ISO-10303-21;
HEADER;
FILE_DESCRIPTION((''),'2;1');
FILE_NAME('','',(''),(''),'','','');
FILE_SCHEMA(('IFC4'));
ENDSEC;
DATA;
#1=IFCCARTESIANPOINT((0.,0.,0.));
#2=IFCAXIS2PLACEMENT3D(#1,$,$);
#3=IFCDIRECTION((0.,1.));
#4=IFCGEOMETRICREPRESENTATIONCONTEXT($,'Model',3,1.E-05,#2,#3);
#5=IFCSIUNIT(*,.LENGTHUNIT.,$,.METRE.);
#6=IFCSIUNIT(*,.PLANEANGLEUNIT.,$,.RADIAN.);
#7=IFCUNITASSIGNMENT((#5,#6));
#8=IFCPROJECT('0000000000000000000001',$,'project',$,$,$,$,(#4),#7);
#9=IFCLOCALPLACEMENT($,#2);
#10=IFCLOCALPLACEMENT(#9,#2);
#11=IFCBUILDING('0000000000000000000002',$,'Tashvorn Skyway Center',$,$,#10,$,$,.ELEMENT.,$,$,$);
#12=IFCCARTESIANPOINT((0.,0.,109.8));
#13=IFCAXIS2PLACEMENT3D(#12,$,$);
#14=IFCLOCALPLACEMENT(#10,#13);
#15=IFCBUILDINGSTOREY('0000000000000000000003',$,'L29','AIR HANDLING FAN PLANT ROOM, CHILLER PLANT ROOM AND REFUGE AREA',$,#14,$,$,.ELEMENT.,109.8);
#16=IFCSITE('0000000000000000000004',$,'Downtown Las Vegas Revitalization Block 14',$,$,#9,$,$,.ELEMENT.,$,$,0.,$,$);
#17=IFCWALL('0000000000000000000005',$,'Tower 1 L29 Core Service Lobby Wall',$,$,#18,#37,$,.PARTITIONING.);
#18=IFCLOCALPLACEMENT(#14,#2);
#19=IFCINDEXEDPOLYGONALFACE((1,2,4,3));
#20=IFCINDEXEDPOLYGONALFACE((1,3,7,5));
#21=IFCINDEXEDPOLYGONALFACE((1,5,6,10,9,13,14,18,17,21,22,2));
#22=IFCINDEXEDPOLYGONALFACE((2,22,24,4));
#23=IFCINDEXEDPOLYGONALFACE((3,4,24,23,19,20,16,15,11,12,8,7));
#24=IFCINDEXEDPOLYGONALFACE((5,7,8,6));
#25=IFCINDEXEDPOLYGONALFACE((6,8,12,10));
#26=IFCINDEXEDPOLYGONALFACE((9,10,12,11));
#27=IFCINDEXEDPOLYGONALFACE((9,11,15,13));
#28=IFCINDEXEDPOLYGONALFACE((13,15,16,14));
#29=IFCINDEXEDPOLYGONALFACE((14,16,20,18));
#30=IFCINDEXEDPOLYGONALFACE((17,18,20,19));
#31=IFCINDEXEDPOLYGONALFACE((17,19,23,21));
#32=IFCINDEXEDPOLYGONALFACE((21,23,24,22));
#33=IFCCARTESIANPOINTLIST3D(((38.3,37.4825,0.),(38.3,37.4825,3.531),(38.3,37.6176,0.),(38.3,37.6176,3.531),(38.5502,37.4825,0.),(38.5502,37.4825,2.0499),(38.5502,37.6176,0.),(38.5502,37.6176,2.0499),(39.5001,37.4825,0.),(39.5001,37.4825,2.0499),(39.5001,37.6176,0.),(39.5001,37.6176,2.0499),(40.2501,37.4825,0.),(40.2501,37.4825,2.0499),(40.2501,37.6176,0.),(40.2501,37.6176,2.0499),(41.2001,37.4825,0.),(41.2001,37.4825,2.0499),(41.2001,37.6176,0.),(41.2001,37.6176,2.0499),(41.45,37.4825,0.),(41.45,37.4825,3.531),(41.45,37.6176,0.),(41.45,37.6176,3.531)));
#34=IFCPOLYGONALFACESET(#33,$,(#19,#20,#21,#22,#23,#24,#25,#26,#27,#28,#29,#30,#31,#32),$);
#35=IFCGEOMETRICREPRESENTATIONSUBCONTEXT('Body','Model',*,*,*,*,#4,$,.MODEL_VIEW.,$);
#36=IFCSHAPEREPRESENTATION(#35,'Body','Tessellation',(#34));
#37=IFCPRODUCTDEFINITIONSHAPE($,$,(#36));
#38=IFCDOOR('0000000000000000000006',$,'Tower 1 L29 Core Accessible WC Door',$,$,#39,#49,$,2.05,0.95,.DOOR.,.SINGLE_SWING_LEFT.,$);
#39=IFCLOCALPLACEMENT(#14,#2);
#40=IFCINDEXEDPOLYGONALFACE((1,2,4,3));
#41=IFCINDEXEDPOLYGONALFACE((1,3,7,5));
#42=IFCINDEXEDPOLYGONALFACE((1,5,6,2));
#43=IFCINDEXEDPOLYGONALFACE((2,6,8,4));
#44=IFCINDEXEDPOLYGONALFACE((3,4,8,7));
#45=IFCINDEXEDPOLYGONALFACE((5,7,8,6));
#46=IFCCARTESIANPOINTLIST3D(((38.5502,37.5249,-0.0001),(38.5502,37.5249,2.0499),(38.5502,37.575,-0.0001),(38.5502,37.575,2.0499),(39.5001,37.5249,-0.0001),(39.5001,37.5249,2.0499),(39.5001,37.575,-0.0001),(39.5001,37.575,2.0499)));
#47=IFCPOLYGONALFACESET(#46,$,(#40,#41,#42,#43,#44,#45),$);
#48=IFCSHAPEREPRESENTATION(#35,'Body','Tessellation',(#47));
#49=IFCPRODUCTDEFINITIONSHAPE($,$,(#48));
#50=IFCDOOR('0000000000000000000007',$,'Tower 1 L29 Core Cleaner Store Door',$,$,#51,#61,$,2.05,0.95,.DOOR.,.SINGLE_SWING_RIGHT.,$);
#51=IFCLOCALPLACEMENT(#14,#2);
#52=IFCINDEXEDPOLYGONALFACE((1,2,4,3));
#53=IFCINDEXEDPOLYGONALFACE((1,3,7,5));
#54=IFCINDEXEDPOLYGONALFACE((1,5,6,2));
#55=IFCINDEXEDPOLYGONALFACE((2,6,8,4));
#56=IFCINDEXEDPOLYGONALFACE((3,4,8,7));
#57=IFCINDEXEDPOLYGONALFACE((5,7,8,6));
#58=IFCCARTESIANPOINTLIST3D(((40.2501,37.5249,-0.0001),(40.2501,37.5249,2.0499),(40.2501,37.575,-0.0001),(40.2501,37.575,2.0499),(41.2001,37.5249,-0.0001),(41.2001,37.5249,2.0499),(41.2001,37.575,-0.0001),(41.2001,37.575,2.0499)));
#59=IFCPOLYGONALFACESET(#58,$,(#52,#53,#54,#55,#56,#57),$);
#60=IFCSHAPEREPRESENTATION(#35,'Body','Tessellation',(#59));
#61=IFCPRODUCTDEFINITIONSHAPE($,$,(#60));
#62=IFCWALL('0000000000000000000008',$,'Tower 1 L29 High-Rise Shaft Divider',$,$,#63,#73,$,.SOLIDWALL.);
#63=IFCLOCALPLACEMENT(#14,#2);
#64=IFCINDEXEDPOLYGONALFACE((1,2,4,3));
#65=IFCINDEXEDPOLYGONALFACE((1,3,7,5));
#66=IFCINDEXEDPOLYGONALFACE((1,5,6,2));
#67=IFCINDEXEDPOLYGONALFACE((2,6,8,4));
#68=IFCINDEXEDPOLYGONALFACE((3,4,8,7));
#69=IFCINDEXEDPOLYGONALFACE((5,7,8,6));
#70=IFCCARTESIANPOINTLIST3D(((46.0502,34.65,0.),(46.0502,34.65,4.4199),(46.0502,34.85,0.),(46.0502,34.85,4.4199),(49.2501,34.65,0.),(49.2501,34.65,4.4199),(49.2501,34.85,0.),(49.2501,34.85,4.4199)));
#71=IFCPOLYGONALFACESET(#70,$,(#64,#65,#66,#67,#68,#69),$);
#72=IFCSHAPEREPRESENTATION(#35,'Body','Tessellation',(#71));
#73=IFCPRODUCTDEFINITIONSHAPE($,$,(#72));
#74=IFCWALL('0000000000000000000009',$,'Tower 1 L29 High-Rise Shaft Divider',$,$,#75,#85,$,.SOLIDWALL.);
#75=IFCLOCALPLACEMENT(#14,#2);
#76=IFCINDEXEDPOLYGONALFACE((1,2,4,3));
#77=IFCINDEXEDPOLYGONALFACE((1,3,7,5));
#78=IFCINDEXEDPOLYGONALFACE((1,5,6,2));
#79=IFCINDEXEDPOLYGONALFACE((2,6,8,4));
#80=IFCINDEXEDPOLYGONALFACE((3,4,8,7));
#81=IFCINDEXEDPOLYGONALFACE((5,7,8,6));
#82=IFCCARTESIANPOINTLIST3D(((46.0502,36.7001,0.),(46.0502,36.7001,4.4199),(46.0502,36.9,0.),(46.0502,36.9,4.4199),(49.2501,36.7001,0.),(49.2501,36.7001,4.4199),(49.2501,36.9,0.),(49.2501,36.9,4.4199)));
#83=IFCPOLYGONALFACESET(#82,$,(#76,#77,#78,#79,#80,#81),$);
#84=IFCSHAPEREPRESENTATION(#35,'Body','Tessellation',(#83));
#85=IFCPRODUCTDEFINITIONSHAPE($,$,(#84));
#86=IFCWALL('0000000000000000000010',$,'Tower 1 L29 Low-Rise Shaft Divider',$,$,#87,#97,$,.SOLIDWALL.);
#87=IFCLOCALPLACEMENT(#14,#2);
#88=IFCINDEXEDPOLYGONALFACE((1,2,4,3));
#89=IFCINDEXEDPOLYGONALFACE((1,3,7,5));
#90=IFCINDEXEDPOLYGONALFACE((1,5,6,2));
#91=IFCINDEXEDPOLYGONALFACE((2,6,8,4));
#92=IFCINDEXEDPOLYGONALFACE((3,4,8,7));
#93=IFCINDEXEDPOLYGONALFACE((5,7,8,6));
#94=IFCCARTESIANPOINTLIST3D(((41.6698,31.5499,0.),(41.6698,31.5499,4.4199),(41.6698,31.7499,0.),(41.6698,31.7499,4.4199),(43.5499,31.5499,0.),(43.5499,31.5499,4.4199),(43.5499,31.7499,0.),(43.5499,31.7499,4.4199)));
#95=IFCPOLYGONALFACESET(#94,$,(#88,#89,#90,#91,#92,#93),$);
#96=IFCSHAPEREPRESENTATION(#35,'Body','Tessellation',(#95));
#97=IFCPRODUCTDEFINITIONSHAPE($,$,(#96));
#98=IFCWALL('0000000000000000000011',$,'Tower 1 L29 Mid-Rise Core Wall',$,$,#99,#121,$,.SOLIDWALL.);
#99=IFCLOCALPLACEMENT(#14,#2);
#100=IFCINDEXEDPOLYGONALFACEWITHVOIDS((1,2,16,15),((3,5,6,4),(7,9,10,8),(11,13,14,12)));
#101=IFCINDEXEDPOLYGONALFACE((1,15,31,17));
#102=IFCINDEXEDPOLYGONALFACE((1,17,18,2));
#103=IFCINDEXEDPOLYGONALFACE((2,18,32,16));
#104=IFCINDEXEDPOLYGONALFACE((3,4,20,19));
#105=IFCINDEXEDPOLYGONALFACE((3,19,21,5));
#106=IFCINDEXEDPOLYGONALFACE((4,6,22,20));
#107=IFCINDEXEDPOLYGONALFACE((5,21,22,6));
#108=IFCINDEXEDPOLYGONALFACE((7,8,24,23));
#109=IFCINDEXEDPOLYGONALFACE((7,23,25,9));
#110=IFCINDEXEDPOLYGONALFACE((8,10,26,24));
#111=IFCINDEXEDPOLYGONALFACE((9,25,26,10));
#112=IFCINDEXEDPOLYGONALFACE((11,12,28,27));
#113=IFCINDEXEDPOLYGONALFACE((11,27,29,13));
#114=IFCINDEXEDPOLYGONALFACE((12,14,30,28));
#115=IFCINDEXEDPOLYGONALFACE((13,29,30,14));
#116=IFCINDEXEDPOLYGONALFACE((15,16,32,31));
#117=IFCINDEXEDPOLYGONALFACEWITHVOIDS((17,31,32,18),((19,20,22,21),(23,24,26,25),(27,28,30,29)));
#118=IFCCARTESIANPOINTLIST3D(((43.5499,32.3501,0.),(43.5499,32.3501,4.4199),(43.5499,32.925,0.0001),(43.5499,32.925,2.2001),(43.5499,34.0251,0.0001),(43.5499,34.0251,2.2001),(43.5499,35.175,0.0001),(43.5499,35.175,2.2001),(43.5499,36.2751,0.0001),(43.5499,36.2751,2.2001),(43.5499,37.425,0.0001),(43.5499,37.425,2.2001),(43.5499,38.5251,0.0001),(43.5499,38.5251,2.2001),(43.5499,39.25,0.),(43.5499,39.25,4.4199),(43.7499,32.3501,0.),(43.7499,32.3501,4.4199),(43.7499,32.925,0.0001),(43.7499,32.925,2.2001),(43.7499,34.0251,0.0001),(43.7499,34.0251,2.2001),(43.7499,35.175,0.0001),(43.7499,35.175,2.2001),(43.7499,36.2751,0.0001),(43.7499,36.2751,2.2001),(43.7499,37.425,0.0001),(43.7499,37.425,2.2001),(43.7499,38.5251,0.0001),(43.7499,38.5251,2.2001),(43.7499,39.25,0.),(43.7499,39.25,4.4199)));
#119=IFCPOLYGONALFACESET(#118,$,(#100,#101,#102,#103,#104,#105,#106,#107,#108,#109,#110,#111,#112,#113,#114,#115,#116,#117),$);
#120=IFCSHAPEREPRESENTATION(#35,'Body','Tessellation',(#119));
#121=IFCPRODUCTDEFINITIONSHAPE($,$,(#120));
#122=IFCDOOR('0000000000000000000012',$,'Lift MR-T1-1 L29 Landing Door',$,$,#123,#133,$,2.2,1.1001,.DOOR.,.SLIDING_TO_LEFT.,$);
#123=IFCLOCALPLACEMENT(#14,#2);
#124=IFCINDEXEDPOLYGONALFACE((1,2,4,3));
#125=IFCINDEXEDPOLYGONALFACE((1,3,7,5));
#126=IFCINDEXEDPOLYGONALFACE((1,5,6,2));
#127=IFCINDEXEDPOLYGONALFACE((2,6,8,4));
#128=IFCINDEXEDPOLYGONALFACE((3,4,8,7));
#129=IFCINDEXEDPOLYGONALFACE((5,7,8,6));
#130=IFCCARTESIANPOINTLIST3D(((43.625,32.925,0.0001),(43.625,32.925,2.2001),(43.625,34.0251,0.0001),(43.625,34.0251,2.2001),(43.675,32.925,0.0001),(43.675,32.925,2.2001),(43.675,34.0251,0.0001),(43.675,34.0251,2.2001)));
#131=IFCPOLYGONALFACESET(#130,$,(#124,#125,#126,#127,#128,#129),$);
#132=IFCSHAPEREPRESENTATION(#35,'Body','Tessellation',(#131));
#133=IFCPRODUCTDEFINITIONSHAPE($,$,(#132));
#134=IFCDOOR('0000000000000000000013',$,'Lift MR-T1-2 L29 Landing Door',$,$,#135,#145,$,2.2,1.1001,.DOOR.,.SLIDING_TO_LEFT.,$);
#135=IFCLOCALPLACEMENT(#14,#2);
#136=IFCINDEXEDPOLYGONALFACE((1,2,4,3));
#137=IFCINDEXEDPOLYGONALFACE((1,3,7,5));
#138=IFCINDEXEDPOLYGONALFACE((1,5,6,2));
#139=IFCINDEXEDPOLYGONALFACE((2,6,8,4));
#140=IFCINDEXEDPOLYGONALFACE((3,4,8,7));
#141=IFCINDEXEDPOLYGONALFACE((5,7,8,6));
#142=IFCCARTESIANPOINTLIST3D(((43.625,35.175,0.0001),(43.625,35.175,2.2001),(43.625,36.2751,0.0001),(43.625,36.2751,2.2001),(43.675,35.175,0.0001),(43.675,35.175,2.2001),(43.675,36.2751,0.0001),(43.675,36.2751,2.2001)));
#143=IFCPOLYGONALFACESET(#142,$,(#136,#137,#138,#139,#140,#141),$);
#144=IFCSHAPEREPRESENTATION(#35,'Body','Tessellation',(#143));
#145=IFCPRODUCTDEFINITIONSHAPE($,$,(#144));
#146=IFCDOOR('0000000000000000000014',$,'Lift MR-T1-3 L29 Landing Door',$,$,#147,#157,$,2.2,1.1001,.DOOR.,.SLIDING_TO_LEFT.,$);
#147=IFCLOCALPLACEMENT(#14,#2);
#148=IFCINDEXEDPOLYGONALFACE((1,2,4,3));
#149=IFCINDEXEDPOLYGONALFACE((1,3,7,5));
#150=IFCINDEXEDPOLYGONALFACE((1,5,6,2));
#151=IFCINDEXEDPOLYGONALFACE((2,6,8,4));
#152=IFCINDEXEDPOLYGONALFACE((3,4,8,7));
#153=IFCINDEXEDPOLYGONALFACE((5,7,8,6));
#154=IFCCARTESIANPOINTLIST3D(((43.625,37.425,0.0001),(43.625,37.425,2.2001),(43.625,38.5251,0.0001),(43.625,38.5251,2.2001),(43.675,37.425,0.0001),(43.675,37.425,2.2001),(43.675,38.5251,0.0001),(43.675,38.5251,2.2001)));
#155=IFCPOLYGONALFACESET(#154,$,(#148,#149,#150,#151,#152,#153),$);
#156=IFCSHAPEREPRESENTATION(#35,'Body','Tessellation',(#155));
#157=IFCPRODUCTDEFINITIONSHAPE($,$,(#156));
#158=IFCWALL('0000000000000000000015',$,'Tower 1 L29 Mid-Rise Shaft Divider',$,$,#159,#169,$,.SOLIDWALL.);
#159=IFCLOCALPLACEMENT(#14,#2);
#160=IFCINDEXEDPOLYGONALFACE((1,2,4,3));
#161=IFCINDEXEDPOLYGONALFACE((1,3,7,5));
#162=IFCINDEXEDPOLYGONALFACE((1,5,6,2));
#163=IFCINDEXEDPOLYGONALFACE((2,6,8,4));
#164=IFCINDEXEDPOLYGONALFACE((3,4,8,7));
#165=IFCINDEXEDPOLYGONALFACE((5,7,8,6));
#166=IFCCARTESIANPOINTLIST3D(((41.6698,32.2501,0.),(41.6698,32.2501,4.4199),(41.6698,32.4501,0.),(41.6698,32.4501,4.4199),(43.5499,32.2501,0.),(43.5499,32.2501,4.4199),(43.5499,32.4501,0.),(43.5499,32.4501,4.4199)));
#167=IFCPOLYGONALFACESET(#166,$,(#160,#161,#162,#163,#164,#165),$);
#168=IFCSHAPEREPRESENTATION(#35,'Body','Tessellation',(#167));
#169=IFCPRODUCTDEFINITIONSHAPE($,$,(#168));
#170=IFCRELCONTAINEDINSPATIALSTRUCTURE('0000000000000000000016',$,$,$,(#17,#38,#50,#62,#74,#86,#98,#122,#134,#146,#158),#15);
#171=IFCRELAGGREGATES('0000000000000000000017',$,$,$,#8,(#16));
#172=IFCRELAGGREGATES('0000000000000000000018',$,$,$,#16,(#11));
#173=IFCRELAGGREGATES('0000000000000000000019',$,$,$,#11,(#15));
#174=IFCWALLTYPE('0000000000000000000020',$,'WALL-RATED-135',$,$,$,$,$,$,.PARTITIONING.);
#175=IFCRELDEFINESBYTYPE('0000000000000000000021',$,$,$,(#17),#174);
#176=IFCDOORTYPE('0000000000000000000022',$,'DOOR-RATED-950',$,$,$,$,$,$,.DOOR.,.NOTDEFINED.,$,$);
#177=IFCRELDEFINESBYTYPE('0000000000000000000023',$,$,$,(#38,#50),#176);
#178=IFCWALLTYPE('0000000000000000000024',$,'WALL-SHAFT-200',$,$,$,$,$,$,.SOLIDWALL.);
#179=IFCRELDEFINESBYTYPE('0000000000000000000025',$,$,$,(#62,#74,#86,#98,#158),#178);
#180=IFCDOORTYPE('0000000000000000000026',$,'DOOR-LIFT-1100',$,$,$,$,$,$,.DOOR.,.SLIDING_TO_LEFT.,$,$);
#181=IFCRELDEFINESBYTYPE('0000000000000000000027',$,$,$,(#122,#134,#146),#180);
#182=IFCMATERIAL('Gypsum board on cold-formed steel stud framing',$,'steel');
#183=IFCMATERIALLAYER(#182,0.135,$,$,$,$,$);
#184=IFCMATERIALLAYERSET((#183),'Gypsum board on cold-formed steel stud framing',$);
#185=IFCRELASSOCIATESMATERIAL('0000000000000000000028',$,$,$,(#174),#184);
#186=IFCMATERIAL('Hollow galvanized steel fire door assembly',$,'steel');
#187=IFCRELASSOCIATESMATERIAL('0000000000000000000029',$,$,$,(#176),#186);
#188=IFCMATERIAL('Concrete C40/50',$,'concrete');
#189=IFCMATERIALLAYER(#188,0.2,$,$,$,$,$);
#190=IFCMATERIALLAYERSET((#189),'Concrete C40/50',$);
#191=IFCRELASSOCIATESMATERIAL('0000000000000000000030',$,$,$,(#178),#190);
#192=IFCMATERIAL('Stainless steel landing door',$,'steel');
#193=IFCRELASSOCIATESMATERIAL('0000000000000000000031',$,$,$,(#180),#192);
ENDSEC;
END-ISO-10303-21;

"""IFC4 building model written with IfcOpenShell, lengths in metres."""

from ifc_helpers import new_model, si_unit, direction, frame, frame_2d, origin, place, context, subcontext, project, spatial, rectangle, extrude, material, layer, layer_set, type_object, element, fill, save


model = new_model("IFC4")

# Units and contexts
model_context = context("Model", 3, precision=1e-05, world=origin(), true_north=direction((0.0, 1.0)))
body_context = subcontext(model_context, "Body", "Model", "MODEL_VIEW")
ifc_project = project(units=[si_unit("LENGTHUNIT", "METRE"), si_unit("PLANEANGLEUNIT", "RADIAN")], contexts=[model_context])

# Site, building, storey
site_placement = place(None, origin())
site = spatial("IfcSite", under=ifc_project, at=site_placement, Name="Downtown Las Vegas Revitalization Block 14", CompositionType="ELEMENT", RefElevation=0.0)
building_placement = place(site_placement, origin())
building = spatial("IfcBuilding", under=site, at=building_placement, Name="Tashvorn Skyway Center", CompositionType="ELEMENT")
storey_placement = place(building_placement, frame((0.0, 0.0, 109.8)))
storey = spatial("IfcBuildingStorey", under=building, at=storey_placement, Name="L29", Description="AIR HANDLING FAN PLANT ROOM, CHILLER PLANT ROOM AND REFUGE AREA", CompositionType="ELEMENT", Elevation=109.8)

# Shared definitions
ifc_material_1 = material(Name="Concrete C40/50", Category="concrete")
ifc_material_2 = material(Name="Gypsum board on cold-formed steel stud framing", Category="steel")

# Wall, openings, doors
ifc_layer_1 = layer(ifc_material_2, 0.135)
ifc_layer_set_1 = layer_set([ifc_layer_1], Name="Gypsum board on cold-formed steel stud framing")
wall_type_1 = type_object("IfcWallType", Name="WALL-RATED-135", PredefinedType="PARTITIONING", material=ifc_layer_set_1)
wall_1_placement = place(storey_placement, frame((38.3, 37.55, 0.0), z_axis=(0.0, 0.0, 1.0), x_axis=(1.0, 0.0, 0.0)))
wall_1 = element("IfcWall", 1, at=wall_1_placement, inside=storey, type_object=wall_type_1, Name="Tower 1 L29 Core Service Lobby Wall", PredefinedType="PARTITIONING", context=body_context, shape_type="SweptSolid", body=[
    extrude(rectangle(XDim=3.1499, YDim=0.135, at=frame_2d((1.575, 0.0))), origin(), (0.0, 0.0, 1.0), 3.531),
])
opening_1_placement = place(wall_1_placement, frame((0.25, 0.0, 0.0)))
opening_1 = element("IfcOpeningElement", 2, at=opening_1_placement, cuts=wall_1, PredefinedType="OPENING", context=body_context, shape_type="SweptSolid", body=[
    extrude(rectangle(XDim=0.95, YDim=2.05, at=frame_2d((0.4751, 1.0249))), frame((0.0, 0.0774, 0.0), z_axis=(0.0, -1.0, 0.0), x_axis=(1.0, 0.0, 0.0)), (0.0, 0.0, 1.0), 0.155),
])
opening_2_placement = place(wall_1_placement, frame((1.95, 0.0, 0.0)))
opening_2 = element("IfcOpeningElement", 3, at=opening_2_placement, cuts=wall_1, PredefinedType="OPENING", context=body_context, shape_type="SweptSolid", body=[
    extrude(rectangle(XDim=0.95, YDim=2.05, at=frame_2d((0.4751, 1.0249))), frame((0.0, 0.0774, 0.0), z_axis=(0.0, -1.0, 0.0), x_axis=(1.0, 0.0, 0.0)), (0.0, 0.0, 1.0), 0.155),
])
ifc_material_3 = material(Name="Hollow galvanized steel fire door assembly", Category="steel")
door_type_1 = type_object("IfcDoorType", Name="DOOR-RATED-950", OperationType="NOTDEFINED", PredefinedType="DOOR", material=ifc_material_3)
door_1_placement = place(opening_1_placement, origin())
door_1 = element("IfcDoor", 4, at=door_1_placement, inside=storey, type_object=door_type_1, Name="Tower 1 L29 Core Accessible WC Door", OperationType="SINGLE_SWING_LEFT", OverallHeight=2.05, OverallWidth=0.95, PredefinedType="DOOR", context=body_context, shape_type="SweptSolid", body=[
    extrude(rectangle(XDim=0.95, YDim=2.05, at=frame_2d((0.4751, 1.0249))), frame((0.0, 0.0249, 0.0), z_axis=(0.0, -1.0, 0.0), x_axis=(1.0, 0.0, 0.0)), (0.0, 0.0, 1.0), 0.05),
])
fill(opening_1, door_1)
door_2_placement = place(opening_2_placement, origin())
door_2 = element("IfcDoor", 5, at=door_2_placement, inside=storey, type_object=door_type_1, Name="Tower 1 L29 Core Cleaner Store Door", OperationType="SINGLE_SWING_RIGHT", OverallHeight=2.05, OverallWidth=0.95, PredefinedType="DOOR", context=body_context, shape_type="SweptSolid", body=[
    extrude(rectangle(XDim=0.95, YDim=2.05, at=frame_2d((0.4751, 1.0249))), frame((0.0, 0.0249, 0.0), z_axis=(0.0, -1.0, 0.0), x_axis=(1.0, 0.0, 0.0)), (0.0, 0.0, 1.0), 0.05),
])
fill(opening_2, door_2)

# Walls
ifc_layer_2 = layer(ifc_material_1, 0.2)
ifc_layer_set_2 = layer_set([ifc_layer_2], Name="Concrete C40/50")
wall_type_2 = type_object("IfcWallType", Name="WALL-SHAFT-200", PredefinedType="SOLIDWALL", material=ifc_layer_set_2)
for number, where, z_axis, x_axis, name in (
    (6, (46.05, 34.75, 0.0), (0.0, 0.0, 1.0), (1.0, 0.0, 0.0), "Tower 1 L29 High-Rise Shaft Divider"),
    (7, (46.05, 36.8, 0.0), (0.0, 0.0, 1.0), (1.0, 0.0, 0.0), "Tower 1 L29 High-Rise Shaft Divider"),
):
    element("IfcWall", number, at=place(storey_placement, frame(where, z_axis=z_axis, x_axis=x_axis)), inside=storey, type_object=wall_type_2, Name=name, PredefinedType="SOLIDWALL", context=body_context, shape_type="SweptSolid", body=[
        extrude(rectangle(XDim=3.2, YDim=0.2, at=frame_2d((1.6001, 0.0))), origin(), (0.0, 0.0, 1.0), 4.4199),
    ])
wall_2_placement = place(storey_placement, frame((41.6699, 31.6499, 0.0), z_axis=(0.0, 0.0, 1.0), x_axis=(1.0, 0.0, 0.0)))
element("IfcWall", 8, at=wall_2_placement, inside=storey, type_object=wall_type_2, Name="Tower 1 L29 Low-Rise Shaft Divider", PredefinedType="SOLIDWALL", context=body_context, shape_type="SweptSolid", body=[
    extrude(rectangle(XDim=1.8801, YDim=0.2, at=frame_2d((0.9399, 0.0))), origin(), (0.0, 0.0, 1.0), 4.4199),
])

# Wall, openings, doors
wall_3_placement = place(storey_placement, frame((43.6499, 32.3501, 0.0), z_axis=(0.0, 0.0, 1.0), x_axis=(0.0, 1.0, 0.0)))
wall_3 = element("IfcWall", 9, at=wall_3_placement, inside=storey, type_object=wall_type_2, Name="Tower 1 L29 Mid-Rise Core Wall", PredefinedType="SOLIDWALL", context=body_context, shape_type="SweptSolid", body=[
    extrude(rectangle(XDim=6.8999, YDim=0.2, at=frame_2d((3.45, 0.0))), origin(), (0.0, 0.0, 1.0), 4.4199),
])
opening_3_placement = place(wall_3_placement, frame((0.575, 0.0, 0.0)))
opening_3 = element("IfcOpeningElement", 10, at=opening_3_placement, cuts=wall_3, PredefinedType="OPENING", context=body_context, shape_type="SweptSolid", body=[
    extrude(rectangle(XDim=1.1001, YDim=2.2, at=frame_2d((0.55, 1.1001))), frame((0.0, 0.1099, 0.0), z_axis=(0.0, -1.0, 0.0), x_axis=(1.0, 0.0, 0.0)), (0.0, 0.0, 1.0), 0.22),
])
opening_4_placement = place(wall_3_placement, frame((2.825, 0.0, 0.0)))
opening_4 = element("IfcOpeningElement", 11, at=opening_4_placement, cuts=wall_3, PredefinedType="OPENING", context=body_context, shape_type="SweptSolid", body=[
    extrude(rectangle(XDim=1.1001, YDim=2.2, at=frame_2d((0.55, 1.1001))), frame((0.0, 0.1099, 0.0), z_axis=(0.0, -1.0, 0.0), x_axis=(1.0, 0.0, 0.0)), (0.0, 0.0, 1.0), 0.22),
])
opening_5_placement = place(wall_3_placement, frame((5.075, 0.0, 0.0)))
opening_5 = element("IfcOpeningElement", 12, at=opening_5_placement, cuts=wall_3, PredefinedType="OPENING", context=body_context, shape_type="SweptSolid", body=[
    extrude(rectangle(XDim=1.1001, YDim=2.2, at=frame_2d((0.55, 1.1001))), frame((0.0, 0.1099, 0.0), z_axis=(0.0, -1.0, 0.0), x_axis=(1.0, 0.0, 0.0)), (0.0, 0.0, 1.0), 0.22),
])
ifc_material_4 = material(Name="Stainless steel landing door", Category="steel")
door_type_2 = type_object("IfcDoorType", Name="DOOR-LIFT-1100", OperationType="SLIDING_TO_LEFT", PredefinedType="DOOR", material=ifc_material_4)
door_3_placement = place(opening_3_placement, origin())
door_3 = element("IfcDoor", 13, at=door_3_placement, inside=storey, type_object=door_type_2, Name="Lift MR-T1-1 L29 Landing Door", OperationType="SLIDING_TO_LEFT", OverallHeight=2.2, OverallWidth=1.1001, PredefinedType="DOOR", context=body_context, shape_type="SweptSolid", body=[
    extrude(rectangle(XDim=1.1001, YDim=2.2, at=frame_2d((0.55, 1.1001))), frame((0.0, 0.0249, 0.0), z_axis=(0.0, -1.0, 0.0), x_axis=(1.0, 0.0, 0.0)), (0.0, 0.0, 1.0), 0.05),
])
fill(opening_3, door_3)
door_4_placement = place(opening_4_placement, origin())
door_4 = element("IfcDoor", 14, at=door_4_placement, inside=storey, type_object=door_type_2, Name="Lift MR-T1-2 L29 Landing Door", OperationType="SLIDING_TO_LEFT", OverallHeight=2.2, OverallWidth=1.1001, PredefinedType="DOOR", context=body_context, shape_type="SweptSolid", body=[
    extrude(rectangle(XDim=1.1001, YDim=2.2, at=frame_2d((0.55, 1.1001))), frame((0.0, 0.0249, 0.0), z_axis=(0.0, -1.0, 0.0), x_axis=(1.0, 0.0, 0.0)), (0.0, 0.0, 1.0), 0.05),
])
fill(opening_4, door_4)
door_5_placement = place(opening_5_placement, origin())
door_5 = element("IfcDoor", 15, at=door_5_placement, inside=storey, type_object=door_type_2, Name="Lift MR-T1-3 L29 Landing Door", OperationType="SLIDING_TO_LEFT", OverallHeight=2.2, OverallWidth=1.1001, PredefinedType="DOOR", context=body_context, shape_type="SweptSolid", body=[
    extrude(rectangle(XDim=1.1001, YDim=2.2, at=frame_2d((0.55, 1.1001))), frame((0.0, 0.0249, 0.0), z_axis=(0.0, -1.0, 0.0), x_axis=(1.0, 0.0, 0.0)), (0.0, 0.0, 1.0), 0.05),
])
fill(opening_5, door_5)

# Wall
for number, where, z_axis, x_axis, name in (
    (16, (41.6699, 32.3501, 0.0), (0.0, 0.0, 1.0), (1.0, 0.0, 0.0), "Tower 1 L29 Mid-Rise Shaft Divider"),
):
    element("IfcWall", number, at=place(storey_placement, frame(where, z_axis=z_axis, x_axis=x_axis)), inside=storey, type_object=wall_type_2, Name=name, PredefinedType="SOLIDWALL", context=body_context, shape_type="SweptSolid", body=[
        extrude(rectangle(XDim=1.8801, YDim=0.2, at=frame_2d((0.9399, 0.0))), origin(), (0.0, 0.0, 1.0), 4.4199),
    ])

save(model, "model.ifc")
